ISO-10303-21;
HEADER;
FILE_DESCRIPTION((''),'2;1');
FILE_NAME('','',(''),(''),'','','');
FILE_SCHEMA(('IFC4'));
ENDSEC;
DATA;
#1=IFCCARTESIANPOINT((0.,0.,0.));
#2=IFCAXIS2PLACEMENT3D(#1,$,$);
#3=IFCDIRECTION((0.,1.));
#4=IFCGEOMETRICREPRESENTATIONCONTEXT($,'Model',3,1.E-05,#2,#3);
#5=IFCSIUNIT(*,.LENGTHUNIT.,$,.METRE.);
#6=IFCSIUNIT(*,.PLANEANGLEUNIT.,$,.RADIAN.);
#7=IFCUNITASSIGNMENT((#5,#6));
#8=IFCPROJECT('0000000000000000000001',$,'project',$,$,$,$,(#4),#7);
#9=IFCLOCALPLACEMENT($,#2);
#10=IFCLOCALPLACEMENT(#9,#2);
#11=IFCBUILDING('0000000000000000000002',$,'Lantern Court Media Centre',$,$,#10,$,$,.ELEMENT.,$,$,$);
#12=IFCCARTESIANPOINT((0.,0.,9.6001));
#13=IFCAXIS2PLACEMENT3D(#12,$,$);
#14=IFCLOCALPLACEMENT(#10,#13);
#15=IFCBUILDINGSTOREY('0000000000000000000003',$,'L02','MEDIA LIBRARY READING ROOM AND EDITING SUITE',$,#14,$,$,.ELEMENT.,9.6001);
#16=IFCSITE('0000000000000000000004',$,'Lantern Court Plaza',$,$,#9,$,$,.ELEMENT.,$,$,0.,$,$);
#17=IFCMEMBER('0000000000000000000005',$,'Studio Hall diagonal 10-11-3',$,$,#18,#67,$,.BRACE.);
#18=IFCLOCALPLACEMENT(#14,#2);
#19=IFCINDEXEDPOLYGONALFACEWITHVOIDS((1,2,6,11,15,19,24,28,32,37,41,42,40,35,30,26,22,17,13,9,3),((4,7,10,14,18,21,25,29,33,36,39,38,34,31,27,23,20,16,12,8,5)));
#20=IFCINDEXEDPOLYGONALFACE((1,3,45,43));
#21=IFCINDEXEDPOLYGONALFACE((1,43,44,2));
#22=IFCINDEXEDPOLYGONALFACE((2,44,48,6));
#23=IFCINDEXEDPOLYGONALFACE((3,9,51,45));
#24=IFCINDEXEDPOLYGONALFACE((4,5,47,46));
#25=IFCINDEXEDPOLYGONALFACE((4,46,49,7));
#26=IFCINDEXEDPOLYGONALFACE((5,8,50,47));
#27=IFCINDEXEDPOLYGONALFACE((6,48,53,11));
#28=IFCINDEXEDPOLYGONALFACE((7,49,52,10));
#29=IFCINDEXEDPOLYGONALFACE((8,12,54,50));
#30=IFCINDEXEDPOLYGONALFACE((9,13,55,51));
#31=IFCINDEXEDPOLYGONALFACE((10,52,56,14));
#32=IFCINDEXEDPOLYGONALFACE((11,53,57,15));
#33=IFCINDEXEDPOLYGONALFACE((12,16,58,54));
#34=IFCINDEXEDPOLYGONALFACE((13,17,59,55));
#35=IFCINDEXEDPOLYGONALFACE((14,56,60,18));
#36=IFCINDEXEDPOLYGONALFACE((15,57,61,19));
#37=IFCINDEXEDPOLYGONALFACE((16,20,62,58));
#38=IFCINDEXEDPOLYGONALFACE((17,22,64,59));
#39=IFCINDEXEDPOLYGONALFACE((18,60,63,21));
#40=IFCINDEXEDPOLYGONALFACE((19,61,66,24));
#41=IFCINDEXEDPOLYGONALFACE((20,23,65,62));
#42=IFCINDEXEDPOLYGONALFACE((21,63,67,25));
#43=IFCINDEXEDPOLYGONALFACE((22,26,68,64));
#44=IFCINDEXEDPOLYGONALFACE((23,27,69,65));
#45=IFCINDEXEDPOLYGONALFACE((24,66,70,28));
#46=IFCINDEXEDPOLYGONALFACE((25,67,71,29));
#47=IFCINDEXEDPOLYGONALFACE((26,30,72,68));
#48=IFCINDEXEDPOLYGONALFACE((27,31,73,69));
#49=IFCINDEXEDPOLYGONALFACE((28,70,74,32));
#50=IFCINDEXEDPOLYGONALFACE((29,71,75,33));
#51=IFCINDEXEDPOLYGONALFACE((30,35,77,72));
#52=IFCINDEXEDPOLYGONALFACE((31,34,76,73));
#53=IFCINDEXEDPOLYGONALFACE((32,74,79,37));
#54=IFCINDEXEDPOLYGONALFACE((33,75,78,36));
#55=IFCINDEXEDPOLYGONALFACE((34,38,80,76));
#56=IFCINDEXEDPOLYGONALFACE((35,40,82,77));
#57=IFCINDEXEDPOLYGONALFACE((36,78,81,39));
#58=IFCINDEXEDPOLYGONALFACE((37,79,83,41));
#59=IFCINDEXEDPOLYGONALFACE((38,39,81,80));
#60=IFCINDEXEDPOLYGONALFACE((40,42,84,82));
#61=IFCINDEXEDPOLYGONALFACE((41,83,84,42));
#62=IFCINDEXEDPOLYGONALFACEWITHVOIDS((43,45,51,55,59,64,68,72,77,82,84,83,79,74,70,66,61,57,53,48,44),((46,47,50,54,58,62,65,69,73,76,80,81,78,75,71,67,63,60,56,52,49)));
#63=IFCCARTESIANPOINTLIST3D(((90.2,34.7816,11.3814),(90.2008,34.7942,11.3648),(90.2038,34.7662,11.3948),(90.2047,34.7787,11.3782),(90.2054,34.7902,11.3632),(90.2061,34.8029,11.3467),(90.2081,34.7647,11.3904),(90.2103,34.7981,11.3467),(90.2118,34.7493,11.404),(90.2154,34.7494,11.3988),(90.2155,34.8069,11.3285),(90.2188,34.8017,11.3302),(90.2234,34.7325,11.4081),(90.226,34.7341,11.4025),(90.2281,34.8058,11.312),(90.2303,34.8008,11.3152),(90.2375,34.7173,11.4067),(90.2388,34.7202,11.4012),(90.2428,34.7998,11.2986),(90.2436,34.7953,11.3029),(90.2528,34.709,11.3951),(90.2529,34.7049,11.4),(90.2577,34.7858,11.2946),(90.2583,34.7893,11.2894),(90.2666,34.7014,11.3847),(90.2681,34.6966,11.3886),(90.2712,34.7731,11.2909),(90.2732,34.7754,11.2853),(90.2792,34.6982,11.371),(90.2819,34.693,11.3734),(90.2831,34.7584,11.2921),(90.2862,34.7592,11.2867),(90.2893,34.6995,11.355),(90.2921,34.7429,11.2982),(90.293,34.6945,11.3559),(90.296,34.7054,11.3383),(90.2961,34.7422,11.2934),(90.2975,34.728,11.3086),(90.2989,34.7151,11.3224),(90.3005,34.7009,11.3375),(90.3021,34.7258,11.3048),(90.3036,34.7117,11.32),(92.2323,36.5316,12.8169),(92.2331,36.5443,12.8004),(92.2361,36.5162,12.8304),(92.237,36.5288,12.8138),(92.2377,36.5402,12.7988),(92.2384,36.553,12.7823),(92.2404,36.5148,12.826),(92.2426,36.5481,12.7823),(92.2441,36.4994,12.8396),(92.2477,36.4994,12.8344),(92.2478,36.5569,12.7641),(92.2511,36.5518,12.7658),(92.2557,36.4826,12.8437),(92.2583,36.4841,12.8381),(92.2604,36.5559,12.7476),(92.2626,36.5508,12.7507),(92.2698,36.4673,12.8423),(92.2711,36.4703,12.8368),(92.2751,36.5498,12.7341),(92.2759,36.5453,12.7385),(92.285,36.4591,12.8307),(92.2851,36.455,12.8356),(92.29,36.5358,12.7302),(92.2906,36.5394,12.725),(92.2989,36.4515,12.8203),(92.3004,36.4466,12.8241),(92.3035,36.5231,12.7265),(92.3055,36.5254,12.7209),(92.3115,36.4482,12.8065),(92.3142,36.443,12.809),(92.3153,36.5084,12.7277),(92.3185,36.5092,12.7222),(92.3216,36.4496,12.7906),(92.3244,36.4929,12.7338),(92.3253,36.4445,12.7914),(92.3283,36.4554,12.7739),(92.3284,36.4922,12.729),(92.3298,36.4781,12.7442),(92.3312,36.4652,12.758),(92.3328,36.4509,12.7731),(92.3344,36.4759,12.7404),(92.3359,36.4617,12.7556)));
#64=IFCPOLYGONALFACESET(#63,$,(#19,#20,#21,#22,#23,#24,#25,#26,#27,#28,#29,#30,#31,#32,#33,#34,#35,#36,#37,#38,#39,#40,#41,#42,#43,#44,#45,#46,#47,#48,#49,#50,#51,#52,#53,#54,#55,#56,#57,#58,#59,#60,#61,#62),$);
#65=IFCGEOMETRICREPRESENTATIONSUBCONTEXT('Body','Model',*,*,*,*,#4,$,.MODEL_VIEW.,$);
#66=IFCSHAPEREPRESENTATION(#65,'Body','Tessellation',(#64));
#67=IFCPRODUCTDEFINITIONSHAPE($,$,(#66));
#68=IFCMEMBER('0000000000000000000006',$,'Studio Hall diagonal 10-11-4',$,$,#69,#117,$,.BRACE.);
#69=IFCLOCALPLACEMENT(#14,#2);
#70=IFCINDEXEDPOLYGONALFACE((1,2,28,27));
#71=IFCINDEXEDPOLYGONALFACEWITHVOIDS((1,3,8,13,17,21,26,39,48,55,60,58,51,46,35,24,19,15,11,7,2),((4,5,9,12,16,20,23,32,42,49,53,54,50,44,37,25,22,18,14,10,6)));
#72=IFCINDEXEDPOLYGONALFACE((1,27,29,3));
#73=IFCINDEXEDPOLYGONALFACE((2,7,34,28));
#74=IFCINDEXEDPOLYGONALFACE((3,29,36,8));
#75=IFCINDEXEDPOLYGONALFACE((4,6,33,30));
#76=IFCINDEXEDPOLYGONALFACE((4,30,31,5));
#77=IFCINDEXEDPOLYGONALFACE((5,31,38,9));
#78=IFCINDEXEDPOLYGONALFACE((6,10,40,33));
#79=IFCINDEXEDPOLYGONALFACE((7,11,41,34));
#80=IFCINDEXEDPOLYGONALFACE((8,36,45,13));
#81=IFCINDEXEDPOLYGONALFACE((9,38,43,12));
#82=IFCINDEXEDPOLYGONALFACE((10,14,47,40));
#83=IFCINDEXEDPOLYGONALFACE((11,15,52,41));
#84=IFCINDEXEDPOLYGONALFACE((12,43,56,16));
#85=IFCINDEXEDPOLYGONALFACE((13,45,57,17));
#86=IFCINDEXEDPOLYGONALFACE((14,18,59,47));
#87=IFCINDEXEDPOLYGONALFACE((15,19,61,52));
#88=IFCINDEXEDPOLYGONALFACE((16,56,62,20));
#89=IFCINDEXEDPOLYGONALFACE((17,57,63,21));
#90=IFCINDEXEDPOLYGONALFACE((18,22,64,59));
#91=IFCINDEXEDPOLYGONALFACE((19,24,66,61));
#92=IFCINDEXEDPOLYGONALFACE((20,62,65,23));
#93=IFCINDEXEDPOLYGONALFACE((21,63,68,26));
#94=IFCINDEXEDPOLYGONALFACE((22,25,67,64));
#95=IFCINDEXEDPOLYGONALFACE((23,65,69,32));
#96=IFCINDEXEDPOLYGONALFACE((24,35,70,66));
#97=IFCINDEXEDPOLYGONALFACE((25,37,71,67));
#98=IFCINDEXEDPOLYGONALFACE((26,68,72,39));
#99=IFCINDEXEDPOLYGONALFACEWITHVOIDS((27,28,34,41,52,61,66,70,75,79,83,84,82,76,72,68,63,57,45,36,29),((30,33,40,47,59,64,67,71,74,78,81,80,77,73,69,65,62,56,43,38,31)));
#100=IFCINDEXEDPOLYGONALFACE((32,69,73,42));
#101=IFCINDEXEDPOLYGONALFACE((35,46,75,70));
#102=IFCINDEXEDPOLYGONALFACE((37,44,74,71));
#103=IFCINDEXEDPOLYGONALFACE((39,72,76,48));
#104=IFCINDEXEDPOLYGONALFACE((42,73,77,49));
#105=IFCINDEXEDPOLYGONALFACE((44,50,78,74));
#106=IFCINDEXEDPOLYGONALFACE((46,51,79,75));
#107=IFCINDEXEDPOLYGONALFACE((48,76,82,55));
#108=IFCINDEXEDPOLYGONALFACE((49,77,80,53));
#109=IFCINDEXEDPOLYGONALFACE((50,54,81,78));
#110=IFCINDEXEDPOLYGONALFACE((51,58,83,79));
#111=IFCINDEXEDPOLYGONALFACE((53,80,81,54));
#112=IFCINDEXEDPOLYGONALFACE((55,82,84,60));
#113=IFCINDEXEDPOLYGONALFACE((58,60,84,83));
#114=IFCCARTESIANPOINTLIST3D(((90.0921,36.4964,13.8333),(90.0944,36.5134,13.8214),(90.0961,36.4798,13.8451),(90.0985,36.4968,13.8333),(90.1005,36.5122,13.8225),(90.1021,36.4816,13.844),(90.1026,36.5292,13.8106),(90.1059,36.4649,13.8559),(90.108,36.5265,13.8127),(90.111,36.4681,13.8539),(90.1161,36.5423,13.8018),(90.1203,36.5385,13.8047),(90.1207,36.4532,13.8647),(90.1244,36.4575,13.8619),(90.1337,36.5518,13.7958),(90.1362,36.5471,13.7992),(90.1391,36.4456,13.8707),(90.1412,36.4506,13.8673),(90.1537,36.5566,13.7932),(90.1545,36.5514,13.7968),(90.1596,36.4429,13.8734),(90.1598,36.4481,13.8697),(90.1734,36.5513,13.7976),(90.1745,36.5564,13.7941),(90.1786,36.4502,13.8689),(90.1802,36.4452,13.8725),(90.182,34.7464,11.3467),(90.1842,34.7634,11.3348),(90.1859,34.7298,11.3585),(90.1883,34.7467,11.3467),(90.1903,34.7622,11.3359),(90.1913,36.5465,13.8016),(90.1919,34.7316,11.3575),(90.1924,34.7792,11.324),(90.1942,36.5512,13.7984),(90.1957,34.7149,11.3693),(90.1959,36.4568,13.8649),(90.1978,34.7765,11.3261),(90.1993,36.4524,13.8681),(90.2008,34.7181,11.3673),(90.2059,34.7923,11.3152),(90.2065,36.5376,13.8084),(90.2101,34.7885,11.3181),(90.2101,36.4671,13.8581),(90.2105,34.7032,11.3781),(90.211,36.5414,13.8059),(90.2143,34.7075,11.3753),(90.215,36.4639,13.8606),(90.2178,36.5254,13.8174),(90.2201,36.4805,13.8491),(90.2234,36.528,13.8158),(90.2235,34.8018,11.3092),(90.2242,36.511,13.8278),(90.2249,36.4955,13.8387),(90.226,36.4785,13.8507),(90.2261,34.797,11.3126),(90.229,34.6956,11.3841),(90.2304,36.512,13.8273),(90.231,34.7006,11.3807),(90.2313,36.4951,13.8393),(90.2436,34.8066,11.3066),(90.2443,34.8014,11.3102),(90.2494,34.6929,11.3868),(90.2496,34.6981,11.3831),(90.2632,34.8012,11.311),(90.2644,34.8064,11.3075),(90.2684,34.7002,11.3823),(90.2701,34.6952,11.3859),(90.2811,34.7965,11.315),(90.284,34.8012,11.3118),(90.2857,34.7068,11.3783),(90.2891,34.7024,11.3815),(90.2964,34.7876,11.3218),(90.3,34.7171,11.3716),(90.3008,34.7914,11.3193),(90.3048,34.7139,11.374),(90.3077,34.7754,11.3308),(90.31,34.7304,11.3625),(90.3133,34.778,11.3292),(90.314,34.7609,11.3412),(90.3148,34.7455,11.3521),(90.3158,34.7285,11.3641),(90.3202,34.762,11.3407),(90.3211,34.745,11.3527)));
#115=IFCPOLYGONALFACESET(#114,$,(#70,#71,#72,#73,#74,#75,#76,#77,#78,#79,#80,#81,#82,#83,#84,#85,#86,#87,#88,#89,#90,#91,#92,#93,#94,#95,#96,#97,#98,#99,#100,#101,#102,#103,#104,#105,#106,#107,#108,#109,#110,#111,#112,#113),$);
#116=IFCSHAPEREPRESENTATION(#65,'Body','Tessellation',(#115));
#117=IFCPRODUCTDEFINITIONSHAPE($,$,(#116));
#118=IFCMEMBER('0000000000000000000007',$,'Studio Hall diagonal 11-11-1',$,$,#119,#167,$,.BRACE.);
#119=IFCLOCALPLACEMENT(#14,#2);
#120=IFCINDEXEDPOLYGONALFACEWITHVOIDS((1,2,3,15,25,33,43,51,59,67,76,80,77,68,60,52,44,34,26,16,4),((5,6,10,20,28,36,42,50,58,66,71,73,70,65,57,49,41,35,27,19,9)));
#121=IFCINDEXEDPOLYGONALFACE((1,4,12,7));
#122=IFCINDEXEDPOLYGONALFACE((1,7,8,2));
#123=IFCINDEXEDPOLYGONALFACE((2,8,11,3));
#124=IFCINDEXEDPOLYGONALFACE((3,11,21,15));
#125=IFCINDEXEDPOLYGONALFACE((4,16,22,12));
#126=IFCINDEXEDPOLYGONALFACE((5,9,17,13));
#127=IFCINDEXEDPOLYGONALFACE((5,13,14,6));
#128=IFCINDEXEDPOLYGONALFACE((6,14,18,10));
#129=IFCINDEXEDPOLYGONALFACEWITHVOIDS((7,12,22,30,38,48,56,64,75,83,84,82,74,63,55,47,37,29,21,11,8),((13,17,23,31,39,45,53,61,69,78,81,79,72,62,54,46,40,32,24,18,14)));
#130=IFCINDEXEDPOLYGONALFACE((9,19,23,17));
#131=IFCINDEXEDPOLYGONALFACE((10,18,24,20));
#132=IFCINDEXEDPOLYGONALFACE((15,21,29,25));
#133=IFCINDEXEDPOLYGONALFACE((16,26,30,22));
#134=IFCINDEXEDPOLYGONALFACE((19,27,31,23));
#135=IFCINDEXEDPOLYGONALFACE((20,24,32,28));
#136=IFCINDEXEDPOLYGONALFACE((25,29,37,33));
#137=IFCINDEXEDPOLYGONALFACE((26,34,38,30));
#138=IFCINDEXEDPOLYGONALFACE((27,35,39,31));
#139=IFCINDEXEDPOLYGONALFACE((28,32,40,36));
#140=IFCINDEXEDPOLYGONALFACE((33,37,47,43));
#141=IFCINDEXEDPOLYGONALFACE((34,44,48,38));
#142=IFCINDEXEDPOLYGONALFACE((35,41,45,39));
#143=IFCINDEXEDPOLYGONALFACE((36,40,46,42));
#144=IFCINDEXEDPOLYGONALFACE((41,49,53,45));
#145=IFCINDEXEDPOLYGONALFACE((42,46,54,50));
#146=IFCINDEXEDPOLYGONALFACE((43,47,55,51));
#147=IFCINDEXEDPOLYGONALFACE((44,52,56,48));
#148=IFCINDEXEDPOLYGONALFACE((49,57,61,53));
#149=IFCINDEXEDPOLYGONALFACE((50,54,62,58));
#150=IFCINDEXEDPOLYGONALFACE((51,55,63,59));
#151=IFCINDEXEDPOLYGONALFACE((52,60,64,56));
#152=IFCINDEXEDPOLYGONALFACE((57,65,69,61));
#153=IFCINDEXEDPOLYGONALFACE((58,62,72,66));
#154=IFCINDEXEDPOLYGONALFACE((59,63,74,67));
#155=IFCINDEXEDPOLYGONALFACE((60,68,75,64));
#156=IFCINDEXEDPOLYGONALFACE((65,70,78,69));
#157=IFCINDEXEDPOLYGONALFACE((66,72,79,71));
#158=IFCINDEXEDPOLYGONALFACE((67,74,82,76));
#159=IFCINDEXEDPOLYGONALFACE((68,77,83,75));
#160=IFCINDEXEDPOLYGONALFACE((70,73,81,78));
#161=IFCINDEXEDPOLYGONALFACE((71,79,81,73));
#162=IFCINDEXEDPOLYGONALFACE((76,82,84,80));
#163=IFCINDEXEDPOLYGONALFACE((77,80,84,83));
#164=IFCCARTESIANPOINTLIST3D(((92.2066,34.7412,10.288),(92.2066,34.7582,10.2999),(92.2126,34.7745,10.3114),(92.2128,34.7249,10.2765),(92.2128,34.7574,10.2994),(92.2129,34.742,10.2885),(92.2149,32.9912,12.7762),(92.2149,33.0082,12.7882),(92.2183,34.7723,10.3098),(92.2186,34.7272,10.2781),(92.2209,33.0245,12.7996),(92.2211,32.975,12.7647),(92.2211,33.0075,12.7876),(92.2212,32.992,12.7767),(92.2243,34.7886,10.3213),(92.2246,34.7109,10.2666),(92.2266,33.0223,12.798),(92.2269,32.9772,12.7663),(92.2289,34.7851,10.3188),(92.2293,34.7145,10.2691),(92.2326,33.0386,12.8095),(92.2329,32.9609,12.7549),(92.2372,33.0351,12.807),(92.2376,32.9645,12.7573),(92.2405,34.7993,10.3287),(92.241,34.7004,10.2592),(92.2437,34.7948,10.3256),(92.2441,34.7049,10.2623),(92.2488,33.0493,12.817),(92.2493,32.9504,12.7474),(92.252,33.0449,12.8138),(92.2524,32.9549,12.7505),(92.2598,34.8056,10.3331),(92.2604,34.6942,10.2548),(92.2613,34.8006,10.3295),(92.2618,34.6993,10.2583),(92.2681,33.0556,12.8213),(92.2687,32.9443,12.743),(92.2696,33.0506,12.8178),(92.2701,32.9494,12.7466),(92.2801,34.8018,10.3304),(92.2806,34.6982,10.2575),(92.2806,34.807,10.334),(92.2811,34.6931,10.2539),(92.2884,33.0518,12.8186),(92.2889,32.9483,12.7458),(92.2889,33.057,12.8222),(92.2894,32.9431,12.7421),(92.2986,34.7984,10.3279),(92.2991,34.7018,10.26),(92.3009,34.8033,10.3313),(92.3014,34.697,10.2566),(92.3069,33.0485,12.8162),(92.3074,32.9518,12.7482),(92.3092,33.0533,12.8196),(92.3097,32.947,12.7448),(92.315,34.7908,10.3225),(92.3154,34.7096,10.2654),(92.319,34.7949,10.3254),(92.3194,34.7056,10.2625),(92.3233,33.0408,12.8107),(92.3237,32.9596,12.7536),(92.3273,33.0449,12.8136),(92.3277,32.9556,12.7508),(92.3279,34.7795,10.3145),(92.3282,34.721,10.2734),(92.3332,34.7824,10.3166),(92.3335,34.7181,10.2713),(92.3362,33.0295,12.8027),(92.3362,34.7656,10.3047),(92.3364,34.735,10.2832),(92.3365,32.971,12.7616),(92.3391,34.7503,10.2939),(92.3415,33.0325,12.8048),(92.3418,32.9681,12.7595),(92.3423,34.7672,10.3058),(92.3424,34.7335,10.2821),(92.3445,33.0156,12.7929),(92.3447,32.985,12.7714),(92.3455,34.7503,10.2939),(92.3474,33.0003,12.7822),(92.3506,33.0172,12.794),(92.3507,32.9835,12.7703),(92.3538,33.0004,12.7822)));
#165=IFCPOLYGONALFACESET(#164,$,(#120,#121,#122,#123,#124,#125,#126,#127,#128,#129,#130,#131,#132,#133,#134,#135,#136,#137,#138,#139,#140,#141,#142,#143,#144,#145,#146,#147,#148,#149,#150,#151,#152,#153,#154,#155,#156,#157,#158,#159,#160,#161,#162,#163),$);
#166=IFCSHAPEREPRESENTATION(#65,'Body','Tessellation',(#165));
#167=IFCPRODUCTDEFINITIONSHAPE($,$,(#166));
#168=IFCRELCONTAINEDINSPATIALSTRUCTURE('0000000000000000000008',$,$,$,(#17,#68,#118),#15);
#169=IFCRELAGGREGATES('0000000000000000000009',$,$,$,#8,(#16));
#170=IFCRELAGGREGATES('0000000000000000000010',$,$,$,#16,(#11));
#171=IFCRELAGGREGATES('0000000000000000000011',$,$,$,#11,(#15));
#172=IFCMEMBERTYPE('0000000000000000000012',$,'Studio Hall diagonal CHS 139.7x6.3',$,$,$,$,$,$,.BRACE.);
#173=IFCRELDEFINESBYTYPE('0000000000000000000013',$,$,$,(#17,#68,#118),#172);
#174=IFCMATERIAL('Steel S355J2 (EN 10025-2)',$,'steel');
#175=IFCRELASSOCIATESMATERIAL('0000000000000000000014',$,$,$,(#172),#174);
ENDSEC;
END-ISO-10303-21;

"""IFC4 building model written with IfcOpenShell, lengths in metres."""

from ifc_helpers import new_model, si_unit, direction, frame, origin, origin_2d, place, context, subcontext, project, spatial, hollow_circle, extrude, material, material_profile, profile_set, type_object, element, save


model = new_model("IFC4")

# Units and contexts
model_context = context("Model", 3, precision=1e-05, world=origin(), true_north=direction((0.0, 1.0)))
body_context = subcontext(model_context, "Body", "Model", "MODEL_VIEW")
ifc_project = project(units=[si_unit("LENGTHUNIT", "METRE"), si_unit("PLANEANGLEUNIT", "RADIAN")], contexts=[model_context])

# Site, building, storey
site_placement = place(None, origin())
site = spatial("IfcSite", under=ifc_project, at=site_placement, Name="Lantern Court Plaza", CompositionType="ELEMENT", RefElevation=0.0)
building_placement = place(site_placement, origin())
building = spatial("IfcBuilding", under=site, at=building_placement, Name="Lantern Court Media Centre", CompositionType="ELEMENT")
storey_placement = place(building_placement, frame((0.0, 0.0, 9.6001)))
storey = spatial("IfcBuildingStorey", under=building, at=storey_placement, Name="L02", Description="MEDIA LIBRARY READING ROOM AND EDITING SUITE", CompositionType="ELEMENT", Elevation=9.6001)

# Members
ifc_material = material(Name="Steel S355J2 (EN 10025-2)", Category="steel")
ifc_material_profile_1 = material_profile(ifc_material, hollow_circle(Radius=0.0698, WallThickness=0.0063, at=origin_2d()), Name="Studio Hall diagonal CHS 139.7x6.3")
ifc_profile_set_1 = profile_set([ifc_material_profile_1], Name="Steel S355J2 (EN 10025-2)")
member_type_1 = type_object("IfcMemberType", Name="Studio Hall diagonal CHS 139.7x6.3", PredefinedType="BRACE", material=ifc_profile_set_1)
for number, where, z_axis, x_axis, name in (
    (1, (90.2517, 34.75, 11.3467), (0.668075, 0.575296, 0.471922), (-0.652529, 0.757764, 0.0), "Studio Hall diagonal 10-11-3"),
    (2, (90.2517, 34.75, 11.3467), (-0.029535, 0.575284, 0.81742), (-0.998685, -0.051272, 0.0), "Studio Hall diagonal 10-11-4"),
    (3, (92.2756, 34.75, 10.2939), (0.002729, -0.575269, 0.81796), (0.999989, 0.004743, 0.0), "Studio Hall diagonal 11-11-1"),
):
    element("IfcMember", number, at=place(storey_placement, frame(where, z_axis=z_axis, x_axis=x_axis)), inside=storey, type_object=member_type_1, Name=name, PredefinedType="BRACE", context=body_context, shape_type="SweptSolid", body=[
        extrude(hollow_circle(Radius=0.0698, WallThickness=0.0063, at=origin_2d()), origin(), (0.0, 0.0, 1.0), 3.042),
    ])

save(model, "model.ifc")
